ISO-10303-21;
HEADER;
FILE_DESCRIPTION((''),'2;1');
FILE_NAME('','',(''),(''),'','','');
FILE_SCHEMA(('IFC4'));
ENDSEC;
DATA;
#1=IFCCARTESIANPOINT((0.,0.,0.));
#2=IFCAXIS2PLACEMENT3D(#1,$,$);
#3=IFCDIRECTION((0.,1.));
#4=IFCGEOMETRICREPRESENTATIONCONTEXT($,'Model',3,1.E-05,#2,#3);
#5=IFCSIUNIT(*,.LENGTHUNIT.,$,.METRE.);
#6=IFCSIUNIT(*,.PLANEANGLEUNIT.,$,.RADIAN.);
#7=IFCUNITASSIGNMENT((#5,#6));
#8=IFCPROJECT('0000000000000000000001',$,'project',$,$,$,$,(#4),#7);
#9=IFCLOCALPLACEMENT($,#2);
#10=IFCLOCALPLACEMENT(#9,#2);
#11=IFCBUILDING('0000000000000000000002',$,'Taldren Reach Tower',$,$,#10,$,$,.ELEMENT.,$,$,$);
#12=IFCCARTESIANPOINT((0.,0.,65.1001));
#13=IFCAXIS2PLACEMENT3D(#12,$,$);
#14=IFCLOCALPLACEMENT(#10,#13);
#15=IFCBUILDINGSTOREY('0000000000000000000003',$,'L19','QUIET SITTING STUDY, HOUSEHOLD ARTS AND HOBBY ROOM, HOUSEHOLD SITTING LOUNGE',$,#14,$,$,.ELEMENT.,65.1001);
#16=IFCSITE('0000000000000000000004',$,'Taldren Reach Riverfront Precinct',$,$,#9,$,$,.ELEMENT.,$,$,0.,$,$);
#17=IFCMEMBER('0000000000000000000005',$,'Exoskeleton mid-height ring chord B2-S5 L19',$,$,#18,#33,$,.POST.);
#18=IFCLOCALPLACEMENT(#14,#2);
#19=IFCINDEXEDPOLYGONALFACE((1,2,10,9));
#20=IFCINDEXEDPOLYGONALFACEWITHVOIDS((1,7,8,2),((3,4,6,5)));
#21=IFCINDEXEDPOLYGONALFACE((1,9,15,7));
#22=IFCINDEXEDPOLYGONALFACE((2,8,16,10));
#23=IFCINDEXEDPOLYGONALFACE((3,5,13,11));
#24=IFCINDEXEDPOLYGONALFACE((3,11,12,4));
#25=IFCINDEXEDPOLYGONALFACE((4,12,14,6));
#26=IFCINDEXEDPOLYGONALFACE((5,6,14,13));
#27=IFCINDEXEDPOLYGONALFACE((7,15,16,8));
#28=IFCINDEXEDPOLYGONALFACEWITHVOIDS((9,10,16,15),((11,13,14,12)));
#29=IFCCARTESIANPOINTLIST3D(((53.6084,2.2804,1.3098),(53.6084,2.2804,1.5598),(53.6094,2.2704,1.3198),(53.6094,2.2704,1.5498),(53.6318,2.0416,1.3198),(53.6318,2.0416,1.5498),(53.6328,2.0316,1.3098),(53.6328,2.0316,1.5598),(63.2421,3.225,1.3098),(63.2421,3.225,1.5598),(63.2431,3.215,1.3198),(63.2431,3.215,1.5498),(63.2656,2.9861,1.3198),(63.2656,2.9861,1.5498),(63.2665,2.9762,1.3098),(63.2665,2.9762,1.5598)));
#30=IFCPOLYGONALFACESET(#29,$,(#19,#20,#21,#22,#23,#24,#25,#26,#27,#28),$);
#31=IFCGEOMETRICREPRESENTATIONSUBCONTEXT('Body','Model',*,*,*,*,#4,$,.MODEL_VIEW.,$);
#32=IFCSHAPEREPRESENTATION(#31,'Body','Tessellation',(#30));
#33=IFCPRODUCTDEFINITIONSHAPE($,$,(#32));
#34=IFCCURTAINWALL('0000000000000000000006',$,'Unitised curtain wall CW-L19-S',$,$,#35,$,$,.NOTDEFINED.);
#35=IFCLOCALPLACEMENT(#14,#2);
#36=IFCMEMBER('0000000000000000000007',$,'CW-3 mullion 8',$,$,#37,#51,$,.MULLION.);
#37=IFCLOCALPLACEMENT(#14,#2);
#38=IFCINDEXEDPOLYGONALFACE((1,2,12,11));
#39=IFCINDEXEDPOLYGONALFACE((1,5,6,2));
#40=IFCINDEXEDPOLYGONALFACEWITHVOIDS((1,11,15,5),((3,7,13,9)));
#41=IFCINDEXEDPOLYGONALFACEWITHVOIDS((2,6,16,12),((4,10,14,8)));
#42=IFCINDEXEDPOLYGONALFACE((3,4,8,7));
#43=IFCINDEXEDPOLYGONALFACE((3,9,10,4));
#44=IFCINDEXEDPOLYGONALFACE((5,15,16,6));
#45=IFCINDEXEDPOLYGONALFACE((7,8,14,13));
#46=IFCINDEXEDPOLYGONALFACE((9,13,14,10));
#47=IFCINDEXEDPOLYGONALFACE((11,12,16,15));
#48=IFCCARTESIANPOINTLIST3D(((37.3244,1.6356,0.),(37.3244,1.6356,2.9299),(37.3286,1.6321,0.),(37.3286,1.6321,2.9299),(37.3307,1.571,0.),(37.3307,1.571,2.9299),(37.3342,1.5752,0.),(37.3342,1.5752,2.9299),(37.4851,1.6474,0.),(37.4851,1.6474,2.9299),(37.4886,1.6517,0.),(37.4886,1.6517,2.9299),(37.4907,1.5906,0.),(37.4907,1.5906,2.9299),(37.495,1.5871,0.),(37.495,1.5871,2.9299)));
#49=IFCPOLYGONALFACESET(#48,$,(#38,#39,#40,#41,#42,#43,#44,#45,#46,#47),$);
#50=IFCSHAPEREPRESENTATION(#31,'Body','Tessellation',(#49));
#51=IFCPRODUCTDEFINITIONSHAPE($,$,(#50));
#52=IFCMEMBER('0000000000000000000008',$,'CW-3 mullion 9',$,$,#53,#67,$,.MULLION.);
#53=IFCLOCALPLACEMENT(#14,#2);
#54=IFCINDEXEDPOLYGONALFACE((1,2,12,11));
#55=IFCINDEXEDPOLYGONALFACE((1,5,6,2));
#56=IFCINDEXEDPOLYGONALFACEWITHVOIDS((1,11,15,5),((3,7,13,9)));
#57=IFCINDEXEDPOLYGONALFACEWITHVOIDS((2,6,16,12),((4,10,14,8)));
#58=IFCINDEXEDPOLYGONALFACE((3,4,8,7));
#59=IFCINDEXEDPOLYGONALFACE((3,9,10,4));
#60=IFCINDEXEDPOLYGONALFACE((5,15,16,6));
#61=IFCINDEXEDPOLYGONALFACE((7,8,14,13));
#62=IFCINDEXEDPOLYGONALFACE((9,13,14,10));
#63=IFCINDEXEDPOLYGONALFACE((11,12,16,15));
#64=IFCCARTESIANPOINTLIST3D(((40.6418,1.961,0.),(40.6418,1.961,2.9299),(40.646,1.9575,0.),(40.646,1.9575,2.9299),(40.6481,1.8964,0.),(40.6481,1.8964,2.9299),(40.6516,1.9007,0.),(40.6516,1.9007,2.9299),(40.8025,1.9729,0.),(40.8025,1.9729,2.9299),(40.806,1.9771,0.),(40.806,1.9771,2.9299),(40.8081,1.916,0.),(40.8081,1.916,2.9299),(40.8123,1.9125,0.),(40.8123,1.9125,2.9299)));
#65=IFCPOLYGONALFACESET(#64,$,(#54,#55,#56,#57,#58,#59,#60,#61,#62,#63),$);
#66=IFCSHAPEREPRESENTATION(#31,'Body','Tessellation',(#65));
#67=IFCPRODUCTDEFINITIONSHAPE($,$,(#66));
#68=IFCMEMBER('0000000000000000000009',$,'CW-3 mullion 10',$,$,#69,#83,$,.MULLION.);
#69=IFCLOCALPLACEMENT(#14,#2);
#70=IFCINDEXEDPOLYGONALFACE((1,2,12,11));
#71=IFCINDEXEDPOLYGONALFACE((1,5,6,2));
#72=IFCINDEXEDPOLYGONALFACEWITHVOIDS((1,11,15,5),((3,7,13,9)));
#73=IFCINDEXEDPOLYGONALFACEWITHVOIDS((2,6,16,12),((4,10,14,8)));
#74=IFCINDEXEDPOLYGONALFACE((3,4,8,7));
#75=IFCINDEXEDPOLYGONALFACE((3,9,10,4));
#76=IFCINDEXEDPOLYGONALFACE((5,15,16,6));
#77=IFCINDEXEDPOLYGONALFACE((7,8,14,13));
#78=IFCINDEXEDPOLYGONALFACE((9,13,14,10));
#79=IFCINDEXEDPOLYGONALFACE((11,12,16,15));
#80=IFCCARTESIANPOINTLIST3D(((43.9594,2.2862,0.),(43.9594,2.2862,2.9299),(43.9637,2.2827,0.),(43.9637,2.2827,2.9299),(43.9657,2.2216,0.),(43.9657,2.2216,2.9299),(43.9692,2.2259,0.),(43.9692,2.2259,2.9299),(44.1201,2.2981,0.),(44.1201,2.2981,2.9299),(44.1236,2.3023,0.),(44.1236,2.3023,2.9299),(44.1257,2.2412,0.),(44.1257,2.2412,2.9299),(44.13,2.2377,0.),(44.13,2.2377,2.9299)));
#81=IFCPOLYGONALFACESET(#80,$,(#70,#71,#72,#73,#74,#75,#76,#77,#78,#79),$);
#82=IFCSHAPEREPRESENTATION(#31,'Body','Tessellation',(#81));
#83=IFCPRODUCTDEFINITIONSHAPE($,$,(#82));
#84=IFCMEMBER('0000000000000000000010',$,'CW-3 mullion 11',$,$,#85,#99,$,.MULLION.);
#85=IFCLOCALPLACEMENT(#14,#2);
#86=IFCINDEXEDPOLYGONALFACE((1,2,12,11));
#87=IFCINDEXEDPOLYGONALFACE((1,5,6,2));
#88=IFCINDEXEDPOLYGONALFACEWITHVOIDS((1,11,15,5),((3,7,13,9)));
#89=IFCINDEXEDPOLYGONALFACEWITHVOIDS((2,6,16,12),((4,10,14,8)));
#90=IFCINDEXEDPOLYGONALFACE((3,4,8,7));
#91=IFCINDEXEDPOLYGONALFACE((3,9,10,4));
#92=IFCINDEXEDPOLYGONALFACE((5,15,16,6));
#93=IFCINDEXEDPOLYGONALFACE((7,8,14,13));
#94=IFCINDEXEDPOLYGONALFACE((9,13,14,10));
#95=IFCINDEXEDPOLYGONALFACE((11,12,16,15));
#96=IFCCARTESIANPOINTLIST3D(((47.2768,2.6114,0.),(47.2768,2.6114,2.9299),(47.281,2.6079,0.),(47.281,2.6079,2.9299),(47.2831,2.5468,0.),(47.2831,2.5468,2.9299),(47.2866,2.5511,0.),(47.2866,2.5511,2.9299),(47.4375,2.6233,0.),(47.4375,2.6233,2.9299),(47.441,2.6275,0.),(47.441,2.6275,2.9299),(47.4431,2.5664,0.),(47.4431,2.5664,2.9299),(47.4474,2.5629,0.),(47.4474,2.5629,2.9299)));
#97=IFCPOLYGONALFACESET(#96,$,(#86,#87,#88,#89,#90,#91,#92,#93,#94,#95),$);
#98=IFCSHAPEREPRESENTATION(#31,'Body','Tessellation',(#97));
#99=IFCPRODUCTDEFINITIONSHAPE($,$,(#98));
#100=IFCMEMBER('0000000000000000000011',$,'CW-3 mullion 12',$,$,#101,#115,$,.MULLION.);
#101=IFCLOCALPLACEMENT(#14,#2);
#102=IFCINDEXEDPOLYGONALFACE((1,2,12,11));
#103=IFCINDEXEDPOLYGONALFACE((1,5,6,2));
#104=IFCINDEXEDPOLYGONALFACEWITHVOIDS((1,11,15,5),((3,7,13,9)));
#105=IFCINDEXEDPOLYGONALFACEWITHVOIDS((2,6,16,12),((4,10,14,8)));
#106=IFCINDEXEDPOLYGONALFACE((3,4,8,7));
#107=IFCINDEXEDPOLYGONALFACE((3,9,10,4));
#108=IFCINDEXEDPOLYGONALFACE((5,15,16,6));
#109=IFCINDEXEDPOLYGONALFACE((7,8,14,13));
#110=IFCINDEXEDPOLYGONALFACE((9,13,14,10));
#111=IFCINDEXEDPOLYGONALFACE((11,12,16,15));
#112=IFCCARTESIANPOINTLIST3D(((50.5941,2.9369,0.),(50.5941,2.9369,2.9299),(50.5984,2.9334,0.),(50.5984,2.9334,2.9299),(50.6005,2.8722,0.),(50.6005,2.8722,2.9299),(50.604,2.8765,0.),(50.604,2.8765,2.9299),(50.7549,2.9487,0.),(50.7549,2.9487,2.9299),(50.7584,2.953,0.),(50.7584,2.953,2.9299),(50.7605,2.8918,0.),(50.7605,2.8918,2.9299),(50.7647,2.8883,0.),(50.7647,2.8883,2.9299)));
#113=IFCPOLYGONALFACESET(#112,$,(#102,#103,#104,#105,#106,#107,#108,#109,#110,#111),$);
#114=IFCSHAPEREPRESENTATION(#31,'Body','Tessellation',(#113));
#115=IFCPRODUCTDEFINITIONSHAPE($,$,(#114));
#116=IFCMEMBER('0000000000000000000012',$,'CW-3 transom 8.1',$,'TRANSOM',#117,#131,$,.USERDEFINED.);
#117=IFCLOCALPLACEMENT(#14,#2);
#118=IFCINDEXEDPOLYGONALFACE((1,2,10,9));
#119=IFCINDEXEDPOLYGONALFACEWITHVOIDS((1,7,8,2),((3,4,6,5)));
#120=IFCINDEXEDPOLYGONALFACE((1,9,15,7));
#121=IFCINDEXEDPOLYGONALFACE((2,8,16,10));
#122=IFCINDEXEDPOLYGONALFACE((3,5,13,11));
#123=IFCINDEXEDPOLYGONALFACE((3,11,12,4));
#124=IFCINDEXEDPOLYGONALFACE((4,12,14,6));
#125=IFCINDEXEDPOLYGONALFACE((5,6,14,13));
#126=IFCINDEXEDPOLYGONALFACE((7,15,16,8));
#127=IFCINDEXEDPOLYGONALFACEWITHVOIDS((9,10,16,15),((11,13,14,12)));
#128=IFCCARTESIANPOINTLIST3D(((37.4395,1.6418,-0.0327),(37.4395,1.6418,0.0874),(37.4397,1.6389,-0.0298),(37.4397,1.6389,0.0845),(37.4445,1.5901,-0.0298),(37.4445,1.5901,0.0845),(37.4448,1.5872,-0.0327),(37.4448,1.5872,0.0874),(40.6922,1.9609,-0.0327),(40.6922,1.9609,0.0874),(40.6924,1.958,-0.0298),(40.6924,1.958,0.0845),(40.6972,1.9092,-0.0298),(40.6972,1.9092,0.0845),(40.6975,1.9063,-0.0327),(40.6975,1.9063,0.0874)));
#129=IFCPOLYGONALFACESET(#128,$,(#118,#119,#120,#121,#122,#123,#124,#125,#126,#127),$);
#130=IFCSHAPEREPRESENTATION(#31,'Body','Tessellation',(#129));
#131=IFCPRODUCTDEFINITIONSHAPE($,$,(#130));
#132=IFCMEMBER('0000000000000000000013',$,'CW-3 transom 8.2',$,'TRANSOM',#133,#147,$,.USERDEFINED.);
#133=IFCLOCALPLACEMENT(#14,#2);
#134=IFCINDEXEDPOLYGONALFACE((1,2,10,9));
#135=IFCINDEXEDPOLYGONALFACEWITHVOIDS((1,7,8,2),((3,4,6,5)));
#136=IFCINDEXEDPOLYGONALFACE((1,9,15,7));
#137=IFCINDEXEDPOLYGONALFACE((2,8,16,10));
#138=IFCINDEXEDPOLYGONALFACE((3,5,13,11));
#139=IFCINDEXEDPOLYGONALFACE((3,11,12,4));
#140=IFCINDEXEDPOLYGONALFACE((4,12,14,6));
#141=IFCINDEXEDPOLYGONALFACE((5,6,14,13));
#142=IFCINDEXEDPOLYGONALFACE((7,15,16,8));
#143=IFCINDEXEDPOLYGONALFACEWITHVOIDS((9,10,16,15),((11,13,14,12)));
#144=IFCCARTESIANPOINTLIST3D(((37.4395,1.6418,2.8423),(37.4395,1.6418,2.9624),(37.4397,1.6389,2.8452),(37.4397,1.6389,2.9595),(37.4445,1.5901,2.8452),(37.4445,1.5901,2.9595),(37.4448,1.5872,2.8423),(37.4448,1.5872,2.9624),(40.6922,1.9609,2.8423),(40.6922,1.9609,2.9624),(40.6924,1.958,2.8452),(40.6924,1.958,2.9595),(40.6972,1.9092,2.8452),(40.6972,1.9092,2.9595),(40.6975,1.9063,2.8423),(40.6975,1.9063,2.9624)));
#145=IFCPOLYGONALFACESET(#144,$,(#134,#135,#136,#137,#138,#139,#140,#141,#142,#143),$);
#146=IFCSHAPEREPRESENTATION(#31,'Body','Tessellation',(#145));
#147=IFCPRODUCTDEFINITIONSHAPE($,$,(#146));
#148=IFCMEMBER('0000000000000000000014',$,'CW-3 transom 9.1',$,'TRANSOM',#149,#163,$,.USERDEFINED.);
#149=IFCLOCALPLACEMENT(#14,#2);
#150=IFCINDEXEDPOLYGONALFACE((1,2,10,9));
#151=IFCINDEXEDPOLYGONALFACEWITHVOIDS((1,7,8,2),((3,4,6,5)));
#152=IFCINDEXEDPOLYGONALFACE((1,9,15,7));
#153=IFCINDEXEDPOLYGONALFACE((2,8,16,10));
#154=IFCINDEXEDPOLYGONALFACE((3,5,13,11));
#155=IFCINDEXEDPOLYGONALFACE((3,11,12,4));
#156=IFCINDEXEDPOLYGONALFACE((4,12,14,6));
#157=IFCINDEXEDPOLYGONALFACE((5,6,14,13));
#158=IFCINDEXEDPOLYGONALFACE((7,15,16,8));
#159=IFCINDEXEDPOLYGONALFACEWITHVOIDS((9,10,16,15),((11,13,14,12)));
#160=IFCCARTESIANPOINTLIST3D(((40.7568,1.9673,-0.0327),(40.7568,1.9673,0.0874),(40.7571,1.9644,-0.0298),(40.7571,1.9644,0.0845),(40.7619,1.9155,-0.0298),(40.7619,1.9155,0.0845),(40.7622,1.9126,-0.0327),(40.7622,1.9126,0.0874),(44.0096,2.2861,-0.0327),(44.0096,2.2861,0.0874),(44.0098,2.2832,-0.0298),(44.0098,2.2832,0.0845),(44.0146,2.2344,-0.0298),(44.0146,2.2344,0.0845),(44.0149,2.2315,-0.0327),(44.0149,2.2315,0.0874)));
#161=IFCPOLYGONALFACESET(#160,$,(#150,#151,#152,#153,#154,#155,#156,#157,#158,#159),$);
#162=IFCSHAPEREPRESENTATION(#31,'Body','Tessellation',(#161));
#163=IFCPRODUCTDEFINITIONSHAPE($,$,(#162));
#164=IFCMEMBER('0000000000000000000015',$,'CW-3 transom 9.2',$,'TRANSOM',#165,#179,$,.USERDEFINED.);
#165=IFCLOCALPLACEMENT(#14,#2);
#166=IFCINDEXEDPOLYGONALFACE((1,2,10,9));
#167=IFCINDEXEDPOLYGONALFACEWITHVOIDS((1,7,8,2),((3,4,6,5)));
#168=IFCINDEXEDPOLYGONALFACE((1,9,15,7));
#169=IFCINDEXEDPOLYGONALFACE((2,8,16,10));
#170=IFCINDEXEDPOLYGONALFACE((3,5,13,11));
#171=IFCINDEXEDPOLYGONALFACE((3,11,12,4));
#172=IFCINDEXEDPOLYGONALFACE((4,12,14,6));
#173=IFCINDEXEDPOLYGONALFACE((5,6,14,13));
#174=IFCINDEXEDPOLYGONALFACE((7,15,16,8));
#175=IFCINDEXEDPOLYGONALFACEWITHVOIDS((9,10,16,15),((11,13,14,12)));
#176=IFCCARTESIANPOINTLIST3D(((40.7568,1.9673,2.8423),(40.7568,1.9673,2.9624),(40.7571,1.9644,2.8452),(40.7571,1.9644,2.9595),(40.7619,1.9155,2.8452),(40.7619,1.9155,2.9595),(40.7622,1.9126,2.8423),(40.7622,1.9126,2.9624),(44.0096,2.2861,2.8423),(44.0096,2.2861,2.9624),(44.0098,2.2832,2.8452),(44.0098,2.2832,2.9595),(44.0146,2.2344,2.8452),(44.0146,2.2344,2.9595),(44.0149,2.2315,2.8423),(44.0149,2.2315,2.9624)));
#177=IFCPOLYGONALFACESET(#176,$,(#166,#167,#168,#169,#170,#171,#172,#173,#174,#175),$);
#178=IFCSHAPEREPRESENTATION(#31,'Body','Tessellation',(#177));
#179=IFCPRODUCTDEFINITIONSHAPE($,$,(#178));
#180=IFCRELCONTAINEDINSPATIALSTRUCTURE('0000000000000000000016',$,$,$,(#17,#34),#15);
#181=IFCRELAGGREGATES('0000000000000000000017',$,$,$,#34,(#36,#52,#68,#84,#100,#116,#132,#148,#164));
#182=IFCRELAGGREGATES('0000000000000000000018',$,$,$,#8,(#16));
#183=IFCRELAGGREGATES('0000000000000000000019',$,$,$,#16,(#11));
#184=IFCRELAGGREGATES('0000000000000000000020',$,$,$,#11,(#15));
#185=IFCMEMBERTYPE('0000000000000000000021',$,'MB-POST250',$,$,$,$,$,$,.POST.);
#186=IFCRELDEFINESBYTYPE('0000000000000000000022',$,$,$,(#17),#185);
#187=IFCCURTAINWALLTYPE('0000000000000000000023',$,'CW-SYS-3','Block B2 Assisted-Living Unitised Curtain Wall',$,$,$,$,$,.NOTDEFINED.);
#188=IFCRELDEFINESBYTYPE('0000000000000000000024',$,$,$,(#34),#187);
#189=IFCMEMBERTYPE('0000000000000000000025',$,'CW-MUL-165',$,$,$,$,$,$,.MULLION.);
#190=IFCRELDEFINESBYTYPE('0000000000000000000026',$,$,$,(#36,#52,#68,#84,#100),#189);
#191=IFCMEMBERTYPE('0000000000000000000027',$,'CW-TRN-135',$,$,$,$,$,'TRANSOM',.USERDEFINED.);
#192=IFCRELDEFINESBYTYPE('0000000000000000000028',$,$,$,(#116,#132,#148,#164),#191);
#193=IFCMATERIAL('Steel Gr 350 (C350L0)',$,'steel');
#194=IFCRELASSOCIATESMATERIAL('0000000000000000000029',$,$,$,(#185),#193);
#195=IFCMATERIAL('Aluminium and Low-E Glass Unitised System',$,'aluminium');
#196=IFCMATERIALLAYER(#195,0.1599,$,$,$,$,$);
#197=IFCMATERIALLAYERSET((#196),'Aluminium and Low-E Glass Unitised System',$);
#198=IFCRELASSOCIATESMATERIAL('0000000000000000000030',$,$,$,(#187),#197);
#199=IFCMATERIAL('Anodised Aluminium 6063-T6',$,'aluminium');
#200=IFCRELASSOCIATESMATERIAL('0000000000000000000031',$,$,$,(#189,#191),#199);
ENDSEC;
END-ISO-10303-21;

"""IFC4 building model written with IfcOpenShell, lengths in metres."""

from ifc_helpers import new_model, si_unit, direction, frame, origin, origin_2d, place, context, subcontext, project, spatial, hollow_rectangle, extrude, source, transform, mapped, material, layer, layer_set, material_profile, profile_set, type_object, element, aggregate, save


model = new_model("IFC4")

# Units and contexts
model_context = context("Model", 3, precision=1e-05, world=origin(), true_north=direction((0.0, 1.0)))
body_context = subcontext(model_context, "Body", "Model", "MODEL_VIEW")
ifc_project = project(units=[si_unit("LENGTHUNIT", "METRE"), si_unit("PLANEANGLEUNIT", "RADIAN")], contexts=[model_context])

# Site, building, storey
site_placement = place(None, origin())
site = spatial("IfcSite", under=ifc_project, at=site_placement, Name="Taldren Reach Riverfront Precinct", CompositionType="ELEMENT", RefElevation=0.0)
building_placement = place(site_placement, origin())
building = spatial("IfcBuilding", under=site, at=building_placement, Name="Taldren Reach Tower", CompositionType="ELEMENT")
storey_placement = place(building_placement, frame((0.0, 0.0, 65.1001)))
storey = spatial("IfcBuildingStorey", under=building, at=storey_placement, Name="L19", Description="QUIET SITTING STUDY, HOUSEHOLD ARTS AND HOBBY ROOM, HOUSEHOLD SITTING LOUNGE", CompositionType="ELEMENT", Elevation=65.1001)

# Shared definitions
ifc_material_1 = material(Name="Steel Gr 350 (C350L0)", Category="steel")
ifc_material_profile_1 = material_profile(ifc_material_1, hollow_rectangle(XDim=0.25, YDim=0.25, WallThickness=0.01, at=origin_2d()), Name="250x250x10.0SHS")
ifc_profile_set_1 = profile_set([ifc_material_profile_1], Name="Steel Gr 350 (C350L0)")
member_type_1 = type_object("IfcMemberType", Name="MB-POST250", PredefinedType="POST", material=ifc_profile_set_1)

# Member
shared_shape_1 = source(origin(), body_context, "Body", "SweptSolid", [
    extrude(hollow_rectangle(XDim=0.25, YDim=0.25, WallThickness=0.01, at=origin_2d()), origin(), (0.0, 0.0, 1.0), 9.6799),
])
for number, where, z_axis, x_axis, name in (
    (1, (53.6206, 2.156, 1.4348), (0.995228, 0.097581, 0.0), (-0.097581, 0.995228, 0.0), "Exoskeleton mid-height ring chord B2-S5 L19"),
):
    element("IfcMember", number, at=place(storey_placement, frame(where, z_axis=z_axis, x_axis=x_axis)), inside=storey, type_object=member_type_1, Name=name, PredefinedType="POST", context=body_context, shape_type="MappedRepresentation", body=[
        mapped(shared_shape_1, transform((0.0, 0.0, 0.0), scale=1.0)),
    ])

# Curtain wall, members
ifc_material_2 = material(Name="Aluminium and Low-E Glass Unitised System", Category="aluminium")
ifc_layer_1 = layer(ifc_material_2, 0.1599)
ifc_layer_set_1 = layer_set([ifc_layer_1], Name="Aluminium and Low-E Glass Unitised System")
curtain_wall_type = type_object("IfcCurtainWallType", Name="CW-SYS-3", Description="Block B2 Assisted-Living Unitised Curtain Wall", PredefinedType="NOTDEFINED", material=ifc_layer_set_1)
curtain_wall_placement = place(storey_placement, origin())
curtain_wall = element("IfcCurtainWall", 2, at=curtain_wall_placement, inside=storey, type_object=curtain_wall_type, Name="Unitised curtain wall CW-L19-S", PredefinedType="NOTDEFINED")
ifc_material_3 = material(Name="Anodised Aluminium 6063-T6", Category="aluminium")
ifc_material_profile_2 = material_profile(ifc_material_3, hollow_rectangle(XDim=0.0649, YDim=0.165, WallThickness=0.0039, at=origin_2d()), Name="ALU-165x65x4RHS")
ifc_profile_set_2 = profile_set([ifc_material_profile_2], Name="Anodised Aluminium 6063-T6")
member_type_2 = type_object("IfcMemberType", Name="CW-MUL-165", PredefinedType="MULLION", material=ifc_profile_set_2)
shared_shape_2 = source(origin(), body_context, "Body", "SweptSolid", [
    extrude(hollow_rectangle(XDim=0.0649, YDim=0.165, WallThickness=0.0039, at=origin_2d()), origin(), (0.0, 0.0, 1.0), 2.9299),
])
member_1_placement = place(storey_placement, frame((37.4097, 1.6113, 0.0), z_axis=(0.0, 0.0, 1.0), x_axis=(-0.097583, 0.995227, 0.0)))
member_1 = element("IfcMember", 3, at=member_1_placement, type_object=member_type_2, Name="CW-3 mullion 8", PredefinedType="MULLION", context=body_context, shape_type="MappedRepresentation", body=[
    mapped(shared_shape_2, transform((0.0, 0.0, 0.0), scale=1.0)),
])
member_2_placement = place(storey_placement, frame((40.7271, 1.9368, 0.0), z_axis=(0.0, 0.0, 1.0), x_axis=(-0.097583, 0.995227, 0.0)))
member_2 = element("IfcMember", 4, at=member_2_placement, type_object=member_type_2, Name="CW-3 mullion 9", PredefinedType="MULLION", context=body_context, shape_type="MappedRepresentation", body=[
    mapped(shared_shape_2, transform((0.0, 0.0, 0.0), scale=1.0)),
])
member_3_placement = place(storey_placement, frame((44.0447, 2.262, 0.0), z_axis=(0.0, 0.0, 1.0), x_axis=(-0.097583, 0.995227, 0.0)))
member_3 = element("IfcMember", 5, at=member_3_placement, type_object=member_type_2, Name="CW-3 mullion 10", PredefinedType="MULLION", context=body_context, shape_type="MappedRepresentation", body=[
    mapped(shared_shape_2, transform((0.0, 0.0, 0.0), scale=1.0)),
])
member_4_placement = place(storey_placement, frame((47.3621, 2.5872, 0.0), z_axis=(0.0, 0.0, 1.0), x_axis=(-0.097583, 0.995227, 0.0)))
member_4 = element("IfcMember", 6, at=member_4_placement, type_object=member_type_2, Name="CW-3 mullion 11", PredefinedType="MULLION", context=body_context, shape_type="MappedRepresentation", body=[
    mapped(shared_shape_2, transform((0.0, 0.0, 0.0), scale=1.0)),
])
member_5_placement = place(storey_placement, frame((50.6794, 2.9126, 0.0), z_axis=(0.0, 0.0, 1.0), x_axis=(-0.097583, 0.995227, 0.0)))
member_5 = element("IfcMember", 7, at=member_5_placement, type_object=member_type_2, Name="CW-3 mullion 12", PredefinedType="MULLION", context=body_context, shape_type="MappedRepresentation", body=[
    mapped(shared_shape_2, transform((0.0, 0.0, 0.0), scale=1.0)),
])
ifc_material_profile_3 = material_profile(ifc_material_3, hollow_rectangle(XDim=0.0549, YDim=0.1201, WallThickness=0.0029, at=origin_2d()), Name="ALU-120x55x3RHS")
ifc_profile_set_3 = profile_set([ifc_material_profile_3], Name="Anodised Aluminium 6063-T6")
member_type_3 = type_object("IfcMemberType", Name="CW-TRN-135", ElementType="TRANSOM", PredefinedType="USERDEFINED", material=ifc_profile_set_3)
shared_shape_3 = source(origin(), body_context, "Body", "SweptSolid", [
    extrude(hollow_rectangle(XDim=0.0549, YDim=0.1201, WallThickness=0.0029, at=origin_2d()), origin(), (0.0, 0.0, 1.0), 3.2683),
])
member_6_placement = place(storey_placement, frame((37.4421, 1.6145, 0.0273), z_axis=(0.995223, 0.097632, 0.0), x_axis=(-0.097632, 0.995223, 0.0)))
member_6 = element("IfcMember", 8, at=member_6_placement, type_object=member_type_3, Name="CW-3 transom 8.1", ObjectType="TRANSOM", PredefinedType="USERDEFINED", context=body_context, shape_type="MappedRepresentation", body=[
    mapped(shared_shape_3, transform((0.0, 0.0, 0.0), scale=1.0)),
])
member_7_placement = place(storey_placement, frame((37.4421, 1.6145, 2.9023), z_axis=(0.995223, 0.097632, 0.0), x_axis=(-0.097632, 0.995223, 0.0)))
member_7 = element("IfcMember", 9, at=member_7_placement, type_object=member_type_3, Name="CW-3 transom 8.2", ObjectType="TRANSOM", PredefinedType="USERDEFINED", context=body_context, shape_type="MappedRepresentation", body=[
    mapped(shared_shape_3, transform((0.0, 0.0, 0.0), scale=1.0)),
])
member_8_placement = place(storey_placement, frame((40.7595, 1.9399, 0.0273), z_axis=(0.99523, 0.097558, 0.0), x_axis=(-0.097558, 0.99523, 0.0)))
member_8 = element("IfcMember", 10, at=member_8_placement, type_object=member_type_3, Name="CW-3 transom 9.1", ObjectType="TRANSOM", PredefinedType="USERDEFINED", context=body_context, shape_type="MappedRepresentation", body=[
    mapped(shared_shape_3, transform((0.0, 0.0, 0.0), scale=1.0)),
])
member_9_placement = place(storey_placement, frame((40.7595, 1.9399, 2.9023), z_axis=(0.99523, 0.097558, 0.0), x_axis=(-0.097558, 0.99523, 0.0)))
member_9 = element("IfcMember", 11, at=member_9_placement, type_object=member_type_3, Name="CW-3 transom 9.2", ObjectType="TRANSOM", PredefinedType="USERDEFINED", context=body_context, shape_type="MappedRepresentation", body=[
    mapped(shared_shape_3, transform((0.0, 0.0, 0.0), scale=1.0)),
])

aggregate(curtain_wall, [member_1, member_2, member_3, member_4, member_5, member_6, member_7, member_8, member_9])

save(model, "model.ifc")
